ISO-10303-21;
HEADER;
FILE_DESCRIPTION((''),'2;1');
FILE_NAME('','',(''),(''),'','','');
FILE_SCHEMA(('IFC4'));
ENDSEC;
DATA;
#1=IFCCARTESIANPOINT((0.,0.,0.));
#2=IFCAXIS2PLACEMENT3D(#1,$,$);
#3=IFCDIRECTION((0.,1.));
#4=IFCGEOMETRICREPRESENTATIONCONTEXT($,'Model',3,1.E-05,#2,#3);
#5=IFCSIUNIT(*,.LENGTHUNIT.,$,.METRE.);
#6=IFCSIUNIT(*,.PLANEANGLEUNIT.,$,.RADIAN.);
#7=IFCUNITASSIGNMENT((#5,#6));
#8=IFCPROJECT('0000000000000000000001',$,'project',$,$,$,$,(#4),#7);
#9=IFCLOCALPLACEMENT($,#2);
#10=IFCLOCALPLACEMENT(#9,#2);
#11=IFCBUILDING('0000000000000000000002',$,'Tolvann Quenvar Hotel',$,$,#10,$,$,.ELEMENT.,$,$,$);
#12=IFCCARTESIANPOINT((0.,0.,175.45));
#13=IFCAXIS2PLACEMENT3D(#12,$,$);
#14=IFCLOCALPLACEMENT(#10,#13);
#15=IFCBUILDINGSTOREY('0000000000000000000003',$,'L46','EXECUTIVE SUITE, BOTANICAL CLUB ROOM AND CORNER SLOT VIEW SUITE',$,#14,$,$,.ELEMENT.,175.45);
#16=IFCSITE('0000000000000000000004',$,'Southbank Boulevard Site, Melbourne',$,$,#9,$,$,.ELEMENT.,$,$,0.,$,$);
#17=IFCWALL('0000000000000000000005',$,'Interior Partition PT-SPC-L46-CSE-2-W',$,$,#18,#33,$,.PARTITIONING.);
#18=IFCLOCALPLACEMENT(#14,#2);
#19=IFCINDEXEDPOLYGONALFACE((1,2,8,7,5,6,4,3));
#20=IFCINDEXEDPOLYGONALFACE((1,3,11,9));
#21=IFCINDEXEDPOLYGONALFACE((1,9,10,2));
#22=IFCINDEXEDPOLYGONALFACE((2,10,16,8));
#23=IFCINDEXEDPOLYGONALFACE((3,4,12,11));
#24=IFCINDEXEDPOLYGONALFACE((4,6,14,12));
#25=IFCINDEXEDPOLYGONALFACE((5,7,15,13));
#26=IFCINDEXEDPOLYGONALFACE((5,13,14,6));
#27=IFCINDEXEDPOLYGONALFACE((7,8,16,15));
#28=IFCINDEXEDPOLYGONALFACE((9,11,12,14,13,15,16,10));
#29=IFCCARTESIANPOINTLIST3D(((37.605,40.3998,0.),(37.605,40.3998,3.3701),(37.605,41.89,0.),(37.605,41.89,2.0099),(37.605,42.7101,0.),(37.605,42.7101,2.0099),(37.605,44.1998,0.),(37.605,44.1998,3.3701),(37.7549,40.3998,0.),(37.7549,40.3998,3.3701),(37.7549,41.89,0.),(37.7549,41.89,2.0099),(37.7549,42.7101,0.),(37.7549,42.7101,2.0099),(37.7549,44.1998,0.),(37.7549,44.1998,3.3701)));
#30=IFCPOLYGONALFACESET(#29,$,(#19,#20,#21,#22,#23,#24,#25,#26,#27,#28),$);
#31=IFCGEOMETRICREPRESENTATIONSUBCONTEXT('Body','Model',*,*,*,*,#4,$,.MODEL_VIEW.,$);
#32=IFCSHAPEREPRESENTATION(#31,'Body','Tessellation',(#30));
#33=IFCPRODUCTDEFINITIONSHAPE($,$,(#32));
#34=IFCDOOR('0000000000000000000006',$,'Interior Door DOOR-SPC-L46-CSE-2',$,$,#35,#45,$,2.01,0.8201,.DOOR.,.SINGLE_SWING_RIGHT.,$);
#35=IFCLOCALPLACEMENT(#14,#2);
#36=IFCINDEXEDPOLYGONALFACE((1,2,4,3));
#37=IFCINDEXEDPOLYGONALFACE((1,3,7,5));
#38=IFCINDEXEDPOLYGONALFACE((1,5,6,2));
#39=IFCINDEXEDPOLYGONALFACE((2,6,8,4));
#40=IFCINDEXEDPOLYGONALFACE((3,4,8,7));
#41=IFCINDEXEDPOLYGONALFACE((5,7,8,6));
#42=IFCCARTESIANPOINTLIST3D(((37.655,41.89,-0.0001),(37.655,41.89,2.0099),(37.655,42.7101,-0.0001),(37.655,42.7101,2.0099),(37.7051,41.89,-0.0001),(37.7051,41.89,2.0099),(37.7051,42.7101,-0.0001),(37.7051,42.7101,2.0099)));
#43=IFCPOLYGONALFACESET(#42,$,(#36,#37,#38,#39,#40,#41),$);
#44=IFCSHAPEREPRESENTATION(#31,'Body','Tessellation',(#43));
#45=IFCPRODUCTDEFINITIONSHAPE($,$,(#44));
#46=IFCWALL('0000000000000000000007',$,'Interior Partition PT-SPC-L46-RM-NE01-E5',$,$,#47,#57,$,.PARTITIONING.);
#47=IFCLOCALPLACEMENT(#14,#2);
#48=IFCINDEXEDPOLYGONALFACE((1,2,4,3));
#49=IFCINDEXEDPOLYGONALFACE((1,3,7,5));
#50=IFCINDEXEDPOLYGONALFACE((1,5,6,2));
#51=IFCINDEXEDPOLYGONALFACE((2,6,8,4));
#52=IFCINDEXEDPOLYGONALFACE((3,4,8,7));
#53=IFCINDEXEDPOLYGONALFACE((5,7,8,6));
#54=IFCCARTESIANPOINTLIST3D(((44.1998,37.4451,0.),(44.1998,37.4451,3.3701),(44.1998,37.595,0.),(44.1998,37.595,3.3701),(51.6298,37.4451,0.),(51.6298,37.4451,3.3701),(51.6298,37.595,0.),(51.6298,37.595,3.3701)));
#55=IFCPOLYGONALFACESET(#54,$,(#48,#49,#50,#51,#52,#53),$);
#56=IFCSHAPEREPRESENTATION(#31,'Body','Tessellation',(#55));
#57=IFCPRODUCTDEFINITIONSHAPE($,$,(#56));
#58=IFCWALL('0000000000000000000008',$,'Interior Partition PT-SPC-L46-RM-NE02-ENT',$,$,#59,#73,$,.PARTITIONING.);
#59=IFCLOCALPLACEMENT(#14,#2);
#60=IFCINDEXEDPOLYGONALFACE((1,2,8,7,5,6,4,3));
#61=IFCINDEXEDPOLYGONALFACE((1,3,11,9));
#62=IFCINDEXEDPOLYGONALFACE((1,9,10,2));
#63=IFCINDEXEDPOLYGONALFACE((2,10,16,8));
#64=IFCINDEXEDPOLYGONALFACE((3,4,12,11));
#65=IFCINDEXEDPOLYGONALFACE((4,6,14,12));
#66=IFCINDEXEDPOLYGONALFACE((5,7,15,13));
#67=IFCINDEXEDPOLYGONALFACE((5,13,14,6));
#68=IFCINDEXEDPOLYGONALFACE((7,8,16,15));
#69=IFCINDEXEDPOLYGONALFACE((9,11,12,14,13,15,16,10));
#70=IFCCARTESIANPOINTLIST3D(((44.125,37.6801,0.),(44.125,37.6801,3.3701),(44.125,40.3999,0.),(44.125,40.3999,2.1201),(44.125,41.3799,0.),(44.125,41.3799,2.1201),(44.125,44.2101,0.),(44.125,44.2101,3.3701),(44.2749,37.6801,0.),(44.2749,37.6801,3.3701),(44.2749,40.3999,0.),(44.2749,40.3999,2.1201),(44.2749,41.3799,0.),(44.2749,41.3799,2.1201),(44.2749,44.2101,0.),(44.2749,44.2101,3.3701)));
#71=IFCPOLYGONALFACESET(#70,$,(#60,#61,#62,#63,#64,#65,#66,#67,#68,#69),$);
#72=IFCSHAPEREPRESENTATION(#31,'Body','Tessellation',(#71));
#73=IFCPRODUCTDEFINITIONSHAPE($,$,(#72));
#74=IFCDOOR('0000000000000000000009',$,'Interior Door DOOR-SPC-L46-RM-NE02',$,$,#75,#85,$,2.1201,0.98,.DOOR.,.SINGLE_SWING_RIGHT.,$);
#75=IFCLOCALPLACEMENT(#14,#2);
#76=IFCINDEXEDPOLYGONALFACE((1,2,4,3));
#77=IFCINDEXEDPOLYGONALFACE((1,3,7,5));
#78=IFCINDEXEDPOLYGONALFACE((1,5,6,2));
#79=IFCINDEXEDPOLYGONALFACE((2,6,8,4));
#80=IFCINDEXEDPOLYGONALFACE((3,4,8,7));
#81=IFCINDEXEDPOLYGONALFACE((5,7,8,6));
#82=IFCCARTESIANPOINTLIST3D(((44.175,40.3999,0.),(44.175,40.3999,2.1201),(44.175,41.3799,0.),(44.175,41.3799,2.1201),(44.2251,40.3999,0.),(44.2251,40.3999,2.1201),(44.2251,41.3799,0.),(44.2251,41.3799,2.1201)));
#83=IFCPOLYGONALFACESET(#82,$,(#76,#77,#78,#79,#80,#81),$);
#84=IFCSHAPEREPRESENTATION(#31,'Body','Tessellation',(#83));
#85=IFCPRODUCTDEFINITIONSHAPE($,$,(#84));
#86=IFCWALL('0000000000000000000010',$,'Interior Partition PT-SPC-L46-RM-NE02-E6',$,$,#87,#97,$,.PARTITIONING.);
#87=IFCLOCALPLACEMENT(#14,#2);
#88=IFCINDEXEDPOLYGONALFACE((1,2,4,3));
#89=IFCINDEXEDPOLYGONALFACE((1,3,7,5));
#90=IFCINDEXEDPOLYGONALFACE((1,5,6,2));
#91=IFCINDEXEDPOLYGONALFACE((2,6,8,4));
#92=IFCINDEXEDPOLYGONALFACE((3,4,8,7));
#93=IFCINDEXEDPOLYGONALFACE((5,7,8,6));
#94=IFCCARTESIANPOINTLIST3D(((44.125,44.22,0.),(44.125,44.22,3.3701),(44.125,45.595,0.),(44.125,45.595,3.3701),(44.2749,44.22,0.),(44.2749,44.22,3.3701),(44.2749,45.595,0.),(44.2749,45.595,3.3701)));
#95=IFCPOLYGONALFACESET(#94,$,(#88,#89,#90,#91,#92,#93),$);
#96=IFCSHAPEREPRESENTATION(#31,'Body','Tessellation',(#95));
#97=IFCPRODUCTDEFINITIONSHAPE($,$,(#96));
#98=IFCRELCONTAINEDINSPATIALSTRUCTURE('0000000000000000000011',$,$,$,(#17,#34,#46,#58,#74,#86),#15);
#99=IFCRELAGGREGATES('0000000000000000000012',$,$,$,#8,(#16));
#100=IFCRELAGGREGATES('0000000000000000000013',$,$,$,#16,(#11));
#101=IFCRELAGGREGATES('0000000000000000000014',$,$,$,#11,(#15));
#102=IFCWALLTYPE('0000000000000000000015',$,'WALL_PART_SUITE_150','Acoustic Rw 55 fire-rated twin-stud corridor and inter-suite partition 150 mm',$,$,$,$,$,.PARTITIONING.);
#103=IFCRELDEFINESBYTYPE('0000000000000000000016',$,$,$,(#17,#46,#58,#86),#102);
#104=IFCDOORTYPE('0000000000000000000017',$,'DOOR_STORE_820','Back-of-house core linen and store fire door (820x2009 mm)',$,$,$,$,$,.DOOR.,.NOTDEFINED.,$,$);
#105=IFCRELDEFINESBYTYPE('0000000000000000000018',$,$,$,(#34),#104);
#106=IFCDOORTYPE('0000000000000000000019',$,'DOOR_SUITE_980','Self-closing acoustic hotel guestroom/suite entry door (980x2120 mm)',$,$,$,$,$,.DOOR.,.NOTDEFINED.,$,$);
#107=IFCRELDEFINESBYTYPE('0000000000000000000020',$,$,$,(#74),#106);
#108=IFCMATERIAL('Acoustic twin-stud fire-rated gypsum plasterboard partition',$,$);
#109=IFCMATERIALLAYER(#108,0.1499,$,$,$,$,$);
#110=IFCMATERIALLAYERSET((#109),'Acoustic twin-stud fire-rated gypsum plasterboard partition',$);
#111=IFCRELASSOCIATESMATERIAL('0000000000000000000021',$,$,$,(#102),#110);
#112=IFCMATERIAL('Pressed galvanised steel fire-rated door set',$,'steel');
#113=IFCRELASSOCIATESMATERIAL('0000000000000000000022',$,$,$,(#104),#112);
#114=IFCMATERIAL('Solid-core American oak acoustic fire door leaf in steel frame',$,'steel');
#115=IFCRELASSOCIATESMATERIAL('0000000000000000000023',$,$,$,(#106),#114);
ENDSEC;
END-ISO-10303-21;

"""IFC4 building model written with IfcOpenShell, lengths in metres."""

from ifc_helpers import new_model, si_unit, direction, frame, frame_2d, origin, place, context, subcontext, project, spatial, rectangle, extrude, source, transform, mapped, material, layer, layer_set, type_object, type_shapes, element, fill, save


model = new_model("IFC4")

# Units and contexts
model_context = context("Model", 3, precision=1e-05, world=origin(), true_north=direction((0.0, 1.0)))
body_context = subcontext(model_context, "Body", "Model", "MODEL_VIEW")
ifc_project = project(units=[si_unit("LENGTHUNIT", "METRE"), si_unit("PLANEANGLEUNIT", "RADIAN")], contexts=[model_context])

# Site, building, storey
site_placement = place(None, origin())
site = spatial("IfcSite", under=ifc_project, at=site_placement, Name="Southbank Boulevard Site, Melbourne", CompositionType="ELEMENT", RefElevation=0.0)
building_placement = place(site_placement, origin())
building = spatial("IfcBuilding", under=site, at=building_placement, Name="Tolvann Quenvar Hotel", CompositionType="ELEMENT")
storey_placement = place(building_placement, frame((0.0, 0.0, 175.45)))
storey = spatial("IfcBuildingStorey", under=building, at=storey_placement, Name="L46", Description="EXECUTIVE SUITE, BOTANICAL CLUB ROOM AND CORNER SLOT VIEW SUITE", CompositionType="ELEMENT", Elevation=175.45)

# Shared definitions
ifc_material_1 = material(Name="Acoustic twin-stud fire-rated gypsum plasterboard partition")
ifc_layer_1 = layer(ifc_material_1, 0.1499)
ifc_layer_set_1 = layer_set([ifc_layer_1], Name="Acoustic twin-stud fire-rated gypsum plasterboard partition")
wall_type_1 = type_object("IfcWallType", Name="WALL_PART_SUITE_150", Description="Acoustic Rw 55 fire-rated twin-stud corridor and inter-suite partition 150 mm", PredefinedType="PARTITIONING", material=ifc_layer_set_1)

# Wall, opening, door
wall_1_placement = place(storey_placement, frame((37.6799, 40.3999, 0.0), z_axis=(0.0, 0.0, 1.0), x_axis=(0.0, 1.0, 0.0)))
wall_1 = element("IfcWall", 1, at=wall_1_placement, inside=storey, type_object=wall_type_1, Name="Interior Partition PT-SPC-L46-CSE-2-W", PredefinedType="PARTITIONING", context=body_context, shape_type="SweptSolid", body=[
    extrude(rectangle(XDim=3.8, YDim=0.1499, at=frame_2d((1.8999, 0.0))), origin(), (0.0, 0.0, 1.0), 3.3701),
])
opening_1_placement = place(wall_1_placement, frame((1.49, 0.0, 0.0)))
opening_1 = element("IfcOpeningElement", 2, at=opening_1_placement, cuts=wall_1, PredefinedType="OPENING", context=body_context, shape_type="SweptSolid", body=[
    extrude(rectangle(XDim=0.8201, YDim=2.01, at=frame_2d((0.4102, 1.0049))), frame((0.0, 0.085, 0.0), z_axis=(0.0, -1.0, 0.0), x_axis=(1.0, 0.0, 0.0)), (0.0, 0.0, 1.0), 0.1699),
])
ifc_material_2 = material(Name="Pressed galvanised steel fire-rated door set", Category="steel")
door_type_1 = type_object("IfcDoorType", Name="DOOR_STORE_820", Description="Back-of-house core linen and store fire door (820x2009 mm)", OperationType="NOTDEFINED", PredefinedType="DOOR", material=ifc_material_2)
shared_shape_1 = source(origin(), body_context, "Body", "SweptSolid", [
    extrude(rectangle(XDim=0.8201, YDim=2.01, at=frame_2d((0.4102, 1.0049))), frame((0.0, 0.0249, 0.0), z_axis=(0.0, -1.0, 0.0), x_axis=(1.0, 0.0, 0.0)), (0.0, 0.0, 1.0), 0.05),
])
type_shapes(door_type_1, [shared_shape_1])
door_1_placement = place(opening_1_placement, origin())
door_1 = element("IfcDoor", 3, at=door_1_placement, inside=storey, type_object=door_type_1, Name="Interior Door DOOR-SPC-L46-CSE-2", OperationType="SINGLE_SWING_RIGHT", OverallHeight=2.01, OverallWidth=0.8201, PredefinedType="DOOR", context=body_context, shape_type="MappedRepresentation", body=[
    mapped(shared_shape_1, transform((0.0, 0.0, 0.0), x_axis=(1.0, 0.0, 0.0), y_axis=(0.0, 1.0, 0.0), z_axis=(0.0, 0.0, 1.0), scale=1.0)),
])
fill(opening_1, door_1)

# Wall
wall_2_placement = place(storey_placement, frame((44.2, 37.52, 0.0), z_axis=(0.0, 0.0, 1.0), x_axis=(1.0, 0.0, 0.0)))
element("IfcWall", 4, at=wall_2_placement, inside=storey, type_object=wall_type_1, Name="Interior Partition PT-SPC-L46-RM-NE01-E5", PredefinedType="PARTITIONING", context=body_context, shape_type="SweptSolid", body=[
    extrude(rectangle(XDim=7.4299, YDim=0.1499, at=frame_2d((3.7148, 0.0))), origin(), (0.0, 0.0, 1.0), 3.3701),
])

# Wall, opening, door
wall_3_placement = place(storey_placement, frame((44.2, 37.6799, 0.0), z_axis=(0.0, 0.0, 1.0), x_axis=(0.0, 1.0, 0.0)))
wall_3 = element("IfcWall", 5, at=wall_3_placement, inside=storey, type_object=wall_type_1, Name="Interior Partition PT-SPC-L46-RM-NE02-ENT", PredefinedType="PARTITIONING", context=body_context, shape_type="SweptSolid", body=[
    extrude(rectangle(XDim=6.53, YDim=0.1499, at=frame_2d((3.2651, 0.0))), origin(), (0.0, 0.0, 1.0), 3.3701),
])
opening_2_placement = place(wall_3_placement, frame((2.72, 0.0, 0.0)))
opening_2 = element("IfcOpeningElement", 6, at=opening_2_placement, cuts=wall_3, PredefinedType="OPENING", context=body_context, shape_type="SweptSolid", body=[
    extrude(rectangle(XDim=0.98, YDim=2.1201, at=frame_2d((0.49, 1.0601))), frame((0.0, 0.085, 0.0), z_axis=(0.0, -1.0, 0.0), x_axis=(1.0, 0.0, 0.0)), (0.0, 0.0, 1.0), 0.1699),
])
ifc_material_3 = material(Name="Solid-core American oak acoustic fire door leaf in steel frame", Category="steel")
door_type_2 = type_object("IfcDoorType", Name="DOOR_SUITE_980", Description="Self-closing acoustic hotel guestroom/suite entry door (980x2120 mm)", OperationType="NOTDEFINED", PredefinedType="DOOR", material=ifc_material_3)
shared_shape_2 = source(origin(), body_context, "Body", "SweptSolid", [
    extrude(rectangle(XDim=0.98, YDim=2.1201, at=frame_2d((0.49, 1.0601))), frame((0.0, 0.0249, 0.0), z_axis=(0.0, -1.0, 0.0), x_axis=(1.0, 0.0, 0.0)), (0.0, 0.0, 1.0), 0.05),
])
type_shapes(door_type_2, [shared_shape_2])
door_2_placement = place(opening_2_placement, origin())
door_2 = element("IfcDoor", 7, at=door_2_placement, inside=storey, type_object=door_type_2, Name="Interior Door DOOR-SPC-L46-RM-NE02", OperationType="SINGLE_SWING_RIGHT", OverallHeight=2.1201, OverallWidth=0.98, PredefinedType="DOOR", context=body_context, shape_type="MappedRepresentation", body=[
    mapped(shared_shape_2, transform((0.0, 0.0, 0.0), x_axis=(1.0, 0.0, 0.0), y_axis=(0.0, 1.0, 0.0), z_axis=(0.0, 0.0, 1.0), scale=1.0)),
])
fill(opening_2, door_2)

# Wall
wall_4_placement = place(storey_placement, frame((44.2, 44.22, 0.0), z_axis=(0.0, 0.0, 1.0), x_axis=(0.0, 1.0, 0.0)))
element("IfcWall", 8, at=wall_4_placement, inside=storey, type_object=wall_type_1, Name="Interior Partition PT-SPC-L46-RM-NE02-E6", PredefinedType="PARTITIONING", context=body_context, shape_type="SweptSolid", body=[
    extrude(rectangle(XDim=1.375, YDim=0.1499, at=frame_2d((0.6875, 0.0))), origin(), (0.0, 0.0, 1.0), 3.3701),
])

save(model, "model.ifc")
